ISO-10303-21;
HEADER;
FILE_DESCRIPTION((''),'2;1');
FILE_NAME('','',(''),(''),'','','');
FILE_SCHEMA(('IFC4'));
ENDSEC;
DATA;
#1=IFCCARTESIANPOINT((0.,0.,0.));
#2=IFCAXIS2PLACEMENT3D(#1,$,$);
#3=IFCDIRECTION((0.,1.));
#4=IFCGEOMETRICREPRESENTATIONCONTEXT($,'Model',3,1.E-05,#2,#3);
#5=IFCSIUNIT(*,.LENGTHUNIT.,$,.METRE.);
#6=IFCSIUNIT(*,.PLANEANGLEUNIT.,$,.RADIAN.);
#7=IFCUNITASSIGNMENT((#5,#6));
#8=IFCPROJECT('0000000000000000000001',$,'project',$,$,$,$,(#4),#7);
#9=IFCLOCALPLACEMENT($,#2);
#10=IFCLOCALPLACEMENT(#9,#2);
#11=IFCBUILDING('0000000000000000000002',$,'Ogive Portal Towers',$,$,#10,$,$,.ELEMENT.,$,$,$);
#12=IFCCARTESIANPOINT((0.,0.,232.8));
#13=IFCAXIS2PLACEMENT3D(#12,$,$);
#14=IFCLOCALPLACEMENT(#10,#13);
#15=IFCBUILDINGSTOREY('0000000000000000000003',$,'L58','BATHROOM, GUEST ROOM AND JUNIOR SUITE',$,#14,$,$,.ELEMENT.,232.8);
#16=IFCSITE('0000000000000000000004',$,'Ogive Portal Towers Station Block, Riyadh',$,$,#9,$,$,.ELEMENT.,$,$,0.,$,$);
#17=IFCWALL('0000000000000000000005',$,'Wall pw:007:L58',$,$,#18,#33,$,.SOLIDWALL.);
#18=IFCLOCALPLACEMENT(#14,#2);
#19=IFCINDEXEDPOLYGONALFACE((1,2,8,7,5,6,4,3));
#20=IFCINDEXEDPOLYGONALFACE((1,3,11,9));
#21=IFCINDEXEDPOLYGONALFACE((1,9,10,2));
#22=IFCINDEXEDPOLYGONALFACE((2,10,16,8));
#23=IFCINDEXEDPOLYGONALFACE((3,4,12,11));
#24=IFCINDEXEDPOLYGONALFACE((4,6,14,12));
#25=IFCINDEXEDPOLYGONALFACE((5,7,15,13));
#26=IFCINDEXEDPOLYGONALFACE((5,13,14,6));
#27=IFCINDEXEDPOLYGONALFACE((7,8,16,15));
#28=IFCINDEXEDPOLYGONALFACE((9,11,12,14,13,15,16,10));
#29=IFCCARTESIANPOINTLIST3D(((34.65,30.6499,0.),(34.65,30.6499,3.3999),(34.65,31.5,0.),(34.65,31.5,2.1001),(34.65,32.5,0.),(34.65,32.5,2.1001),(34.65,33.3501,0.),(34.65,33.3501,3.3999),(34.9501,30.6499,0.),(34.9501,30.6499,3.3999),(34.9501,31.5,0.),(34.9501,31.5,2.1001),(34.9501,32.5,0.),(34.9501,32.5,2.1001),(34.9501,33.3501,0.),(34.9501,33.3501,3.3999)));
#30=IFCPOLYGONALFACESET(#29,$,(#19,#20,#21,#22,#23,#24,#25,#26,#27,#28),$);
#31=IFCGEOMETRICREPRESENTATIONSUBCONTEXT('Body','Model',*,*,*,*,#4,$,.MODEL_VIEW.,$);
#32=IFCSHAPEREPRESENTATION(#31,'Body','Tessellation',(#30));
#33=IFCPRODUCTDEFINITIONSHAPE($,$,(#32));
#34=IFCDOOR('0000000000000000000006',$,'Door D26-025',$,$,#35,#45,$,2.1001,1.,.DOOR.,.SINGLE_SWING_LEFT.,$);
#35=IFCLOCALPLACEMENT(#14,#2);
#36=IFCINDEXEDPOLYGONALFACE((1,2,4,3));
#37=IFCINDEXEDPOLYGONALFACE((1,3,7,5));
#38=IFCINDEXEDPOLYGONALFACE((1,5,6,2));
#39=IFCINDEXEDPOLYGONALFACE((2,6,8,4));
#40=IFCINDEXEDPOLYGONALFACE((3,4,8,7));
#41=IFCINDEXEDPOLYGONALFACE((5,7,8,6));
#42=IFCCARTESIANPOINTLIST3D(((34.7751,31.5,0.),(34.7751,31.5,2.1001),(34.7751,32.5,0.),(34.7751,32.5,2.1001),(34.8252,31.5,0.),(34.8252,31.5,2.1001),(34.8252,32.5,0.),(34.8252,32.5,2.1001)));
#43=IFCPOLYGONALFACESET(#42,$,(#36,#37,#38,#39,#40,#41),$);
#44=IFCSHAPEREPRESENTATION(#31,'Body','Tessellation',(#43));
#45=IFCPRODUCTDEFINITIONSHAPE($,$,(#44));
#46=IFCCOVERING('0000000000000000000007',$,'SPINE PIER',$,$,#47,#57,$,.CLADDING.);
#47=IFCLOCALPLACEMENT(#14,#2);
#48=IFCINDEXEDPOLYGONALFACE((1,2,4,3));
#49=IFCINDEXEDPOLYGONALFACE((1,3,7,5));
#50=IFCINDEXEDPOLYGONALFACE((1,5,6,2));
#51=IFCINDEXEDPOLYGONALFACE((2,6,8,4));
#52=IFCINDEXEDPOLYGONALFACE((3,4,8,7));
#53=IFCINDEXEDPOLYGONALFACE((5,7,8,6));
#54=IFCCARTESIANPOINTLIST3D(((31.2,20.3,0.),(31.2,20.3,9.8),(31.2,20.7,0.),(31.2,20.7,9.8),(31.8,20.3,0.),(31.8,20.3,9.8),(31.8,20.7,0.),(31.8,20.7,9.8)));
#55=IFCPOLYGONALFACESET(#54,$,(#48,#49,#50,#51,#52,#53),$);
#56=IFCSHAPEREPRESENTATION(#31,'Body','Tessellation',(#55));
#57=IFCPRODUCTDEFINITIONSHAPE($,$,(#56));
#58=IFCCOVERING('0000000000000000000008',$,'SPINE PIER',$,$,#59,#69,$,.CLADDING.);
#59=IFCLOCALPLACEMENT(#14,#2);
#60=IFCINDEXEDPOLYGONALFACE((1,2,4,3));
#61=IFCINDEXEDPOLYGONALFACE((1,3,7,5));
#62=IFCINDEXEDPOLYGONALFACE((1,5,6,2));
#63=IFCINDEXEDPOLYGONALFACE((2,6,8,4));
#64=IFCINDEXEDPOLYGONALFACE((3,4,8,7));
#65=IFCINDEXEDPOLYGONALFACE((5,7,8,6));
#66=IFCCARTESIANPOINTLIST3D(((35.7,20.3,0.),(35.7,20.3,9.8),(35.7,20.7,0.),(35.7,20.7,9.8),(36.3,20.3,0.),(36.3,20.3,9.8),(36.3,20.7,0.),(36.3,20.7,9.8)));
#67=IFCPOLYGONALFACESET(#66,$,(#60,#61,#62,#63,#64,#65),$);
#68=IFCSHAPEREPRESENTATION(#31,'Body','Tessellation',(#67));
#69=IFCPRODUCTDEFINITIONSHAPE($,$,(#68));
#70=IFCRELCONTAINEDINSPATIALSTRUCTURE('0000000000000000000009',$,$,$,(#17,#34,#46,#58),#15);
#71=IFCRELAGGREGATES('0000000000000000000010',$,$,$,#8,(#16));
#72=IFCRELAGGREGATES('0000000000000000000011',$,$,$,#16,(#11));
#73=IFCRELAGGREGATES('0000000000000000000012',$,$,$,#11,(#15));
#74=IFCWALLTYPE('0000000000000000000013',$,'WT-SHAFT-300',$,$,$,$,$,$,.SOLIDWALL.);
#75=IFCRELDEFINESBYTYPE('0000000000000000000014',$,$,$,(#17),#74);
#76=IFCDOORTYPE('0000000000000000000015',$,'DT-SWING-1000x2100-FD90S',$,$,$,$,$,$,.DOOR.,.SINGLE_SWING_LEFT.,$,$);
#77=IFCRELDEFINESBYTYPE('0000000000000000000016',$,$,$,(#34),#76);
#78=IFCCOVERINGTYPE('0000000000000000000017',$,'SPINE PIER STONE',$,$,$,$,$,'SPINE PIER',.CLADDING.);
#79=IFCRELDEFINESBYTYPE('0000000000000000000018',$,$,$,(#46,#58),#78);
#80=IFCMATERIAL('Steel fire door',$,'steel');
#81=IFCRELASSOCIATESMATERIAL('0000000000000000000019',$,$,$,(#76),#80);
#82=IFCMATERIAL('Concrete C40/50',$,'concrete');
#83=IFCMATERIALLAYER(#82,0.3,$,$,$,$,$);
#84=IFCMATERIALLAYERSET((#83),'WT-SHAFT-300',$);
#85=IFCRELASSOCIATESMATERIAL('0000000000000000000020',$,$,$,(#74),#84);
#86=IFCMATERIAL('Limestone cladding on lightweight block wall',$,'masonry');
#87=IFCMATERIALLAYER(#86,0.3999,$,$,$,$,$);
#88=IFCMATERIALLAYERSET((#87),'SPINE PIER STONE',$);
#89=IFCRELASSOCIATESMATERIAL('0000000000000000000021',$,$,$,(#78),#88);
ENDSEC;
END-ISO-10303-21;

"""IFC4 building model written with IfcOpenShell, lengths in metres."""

from ifc_helpers import new_model, si_unit, direction, frame, frame_2d, origin, origin_2d, place, context, subcontext, project, spatial, rectangle, extrude, material, layer, layer_set, type_object, element, fill, save


model = new_model("IFC4")

# Units and contexts
model_context = context("Model", 3, precision=1e-05, world=origin(), true_north=direction((0.0, 1.0)))
body_context = subcontext(model_context, "Body", "Model", "MODEL_VIEW")
ifc_project = project(units=[si_unit("LENGTHUNIT", "METRE"), si_unit("PLANEANGLEUNIT", "RADIAN")], contexts=[model_context])

# Site, building, storey
site_placement = place(None, origin())
site = spatial("IfcSite", under=ifc_project, at=site_placement, Name="Ogive Portal Towers Station Block, Riyadh", CompositionType="ELEMENT", RefElevation=0.0)
building_placement = place(site_placement, origin())
building = spatial("IfcBuilding", under=site, at=building_placement, Name="Ogive Portal Towers", CompositionType="ELEMENT")
storey_placement = place(building_placement, frame((0.0, 0.0, 232.8)))
storey = spatial("IfcBuildingStorey", under=building, at=storey_placement, Name="L58", Description="BATHROOM, GUEST ROOM AND JUNIOR SUITE", CompositionType="ELEMENT", Elevation=232.8)

# Shared definitions
ifc_material_1 = material(Name="Concrete C40/50", Category="concrete")

# Shared definitions
ifc_material_2 = material(Name="Steel fire door", Category="steel")
door_type = type_object("IfcDoorType", Name="DT-SWING-1000x2100-FD90S", OperationType="SINGLE_SWING_LEFT", PredefinedType="DOOR", material=ifc_material_2)

# Shared definitions
ifc_material_3 = material(Name="Limestone cladding on lightweight block wall", Category="masonry")

# Wall, opening, door
ifc_layer_1 = layer(ifc_material_1, 0.3)
ifc_layer_set_1 = layer_set([ifc_layer_1], Name="WT-SHAFT-300")
wall_type_1 = type_object("IfcWallType", Name="WT-SHAFT-300", PredefinedType="SOLIDWALL", material=ifc_layer_set_1)
wall_1_placement = place(storey_placement, frame((34.8, 30.6499, 0.0), z_axis=(0.0, 0.0, 1.0), x_axis=(0.0, 1.0, 0.0)))
wall_1 = element("IfcWall", 1, at=wall_1_placement, inside=storey, type_object=wall_type_1, Name="Wall pw:007:L58", PredefinedType="SOLIDWALL", context=body_context, shape_type="SweptSolid", body=[
    extrude(rectangle(XDim=2.7002, YDim=0.3, at=frame_2d((1.3501, 0.0))), origin(), (0.0, 0.0, 1.0), 3.3999),
])
opening_1_placement = place(wall_1_placement, frame((0.8501, 0.0, 0.0)))
opening_1 = element("IfcOpeningElement", 2, at=opening_1_placement, cuts=wall_1, PredefinedType="OPENING", context=body_context, shape_type="SweptSolid", body=[
    extrude(rectangle(XDim=1.0, YDim=2.1001, at=frame_2d((0.5, 1.05))), frame((0.0, 0.1602, 0.0), z_axis=(0.0, -1.0, 0.0), x_axis=(1.0, 0.0, 0.0)), (0.0, 0.0, 1.0), 0.3201),
])
door_1_placement = place(opening_1_placement, origin())
door_1 = element("IfcDoor", 3, at=door_1_placement, inside=storey, type_object=door_type, Name="Door D26-025", OperationType="SINGLE_SWING_LEFT", OverallHeight=2.1001, OverallWidth=1.0, PredefinedType="DOOR", context=body_context, shape_type="SweptSolid", body=[
    extrude(rectangle(XDim=1.0, YDim=2.1001, at=frame_2d((0.5, 1.05))), frame((0.0, 0.0249, 0.0), z_axis=(0.0, -1.0, 0.0), x_axis=(1.0, 0.0, 0.0)), (0.0, 0.0, 1.0), 0.05),
])
fill(opening_1, door_1)

# Coverings
ifc_layer_2 = layer(ifc_material_3, 0.3999)
ifc_layer_set_2 = layer_set([ifc_layer_2], Name="SPINE PIER STONE")
covering_type = type_object("IfcCoveringType", Name="SPINE PIER STONE", ElementType="SPINE PIER", PredefinedType="CLADDING", material=ifc_layer_set_2)
for number, where, z_axis, x_axis, name in (
    (4, (31.5, 20.5, 0.0), (0.0, 0.0, 1.0), (1.0, 0.0, 0.0), "SPINE PIER"),
    (5, (36.0, 20.5, 0.0), (0.0, 0.0, 1.0), (1.0, 0.0, 0.0), "SPINE PIER"),
):
    element("IfcCovering", number, at=place(storey_placement, frame(where, z_axis=z_axis, x_axis=x_axis)), inside=storey, type_object=covering_type, Name=name, PredefinedType="CLADDING", context=body_context, shape_type="SweptSolid", body=[
        extrude(rectangle(XDim=0.6001, YDim=0.3999, at=origin_2d()), origin(), (0.0, 0.0, 1.0), 9.8),
    ])

save(model, "model.ifc")
